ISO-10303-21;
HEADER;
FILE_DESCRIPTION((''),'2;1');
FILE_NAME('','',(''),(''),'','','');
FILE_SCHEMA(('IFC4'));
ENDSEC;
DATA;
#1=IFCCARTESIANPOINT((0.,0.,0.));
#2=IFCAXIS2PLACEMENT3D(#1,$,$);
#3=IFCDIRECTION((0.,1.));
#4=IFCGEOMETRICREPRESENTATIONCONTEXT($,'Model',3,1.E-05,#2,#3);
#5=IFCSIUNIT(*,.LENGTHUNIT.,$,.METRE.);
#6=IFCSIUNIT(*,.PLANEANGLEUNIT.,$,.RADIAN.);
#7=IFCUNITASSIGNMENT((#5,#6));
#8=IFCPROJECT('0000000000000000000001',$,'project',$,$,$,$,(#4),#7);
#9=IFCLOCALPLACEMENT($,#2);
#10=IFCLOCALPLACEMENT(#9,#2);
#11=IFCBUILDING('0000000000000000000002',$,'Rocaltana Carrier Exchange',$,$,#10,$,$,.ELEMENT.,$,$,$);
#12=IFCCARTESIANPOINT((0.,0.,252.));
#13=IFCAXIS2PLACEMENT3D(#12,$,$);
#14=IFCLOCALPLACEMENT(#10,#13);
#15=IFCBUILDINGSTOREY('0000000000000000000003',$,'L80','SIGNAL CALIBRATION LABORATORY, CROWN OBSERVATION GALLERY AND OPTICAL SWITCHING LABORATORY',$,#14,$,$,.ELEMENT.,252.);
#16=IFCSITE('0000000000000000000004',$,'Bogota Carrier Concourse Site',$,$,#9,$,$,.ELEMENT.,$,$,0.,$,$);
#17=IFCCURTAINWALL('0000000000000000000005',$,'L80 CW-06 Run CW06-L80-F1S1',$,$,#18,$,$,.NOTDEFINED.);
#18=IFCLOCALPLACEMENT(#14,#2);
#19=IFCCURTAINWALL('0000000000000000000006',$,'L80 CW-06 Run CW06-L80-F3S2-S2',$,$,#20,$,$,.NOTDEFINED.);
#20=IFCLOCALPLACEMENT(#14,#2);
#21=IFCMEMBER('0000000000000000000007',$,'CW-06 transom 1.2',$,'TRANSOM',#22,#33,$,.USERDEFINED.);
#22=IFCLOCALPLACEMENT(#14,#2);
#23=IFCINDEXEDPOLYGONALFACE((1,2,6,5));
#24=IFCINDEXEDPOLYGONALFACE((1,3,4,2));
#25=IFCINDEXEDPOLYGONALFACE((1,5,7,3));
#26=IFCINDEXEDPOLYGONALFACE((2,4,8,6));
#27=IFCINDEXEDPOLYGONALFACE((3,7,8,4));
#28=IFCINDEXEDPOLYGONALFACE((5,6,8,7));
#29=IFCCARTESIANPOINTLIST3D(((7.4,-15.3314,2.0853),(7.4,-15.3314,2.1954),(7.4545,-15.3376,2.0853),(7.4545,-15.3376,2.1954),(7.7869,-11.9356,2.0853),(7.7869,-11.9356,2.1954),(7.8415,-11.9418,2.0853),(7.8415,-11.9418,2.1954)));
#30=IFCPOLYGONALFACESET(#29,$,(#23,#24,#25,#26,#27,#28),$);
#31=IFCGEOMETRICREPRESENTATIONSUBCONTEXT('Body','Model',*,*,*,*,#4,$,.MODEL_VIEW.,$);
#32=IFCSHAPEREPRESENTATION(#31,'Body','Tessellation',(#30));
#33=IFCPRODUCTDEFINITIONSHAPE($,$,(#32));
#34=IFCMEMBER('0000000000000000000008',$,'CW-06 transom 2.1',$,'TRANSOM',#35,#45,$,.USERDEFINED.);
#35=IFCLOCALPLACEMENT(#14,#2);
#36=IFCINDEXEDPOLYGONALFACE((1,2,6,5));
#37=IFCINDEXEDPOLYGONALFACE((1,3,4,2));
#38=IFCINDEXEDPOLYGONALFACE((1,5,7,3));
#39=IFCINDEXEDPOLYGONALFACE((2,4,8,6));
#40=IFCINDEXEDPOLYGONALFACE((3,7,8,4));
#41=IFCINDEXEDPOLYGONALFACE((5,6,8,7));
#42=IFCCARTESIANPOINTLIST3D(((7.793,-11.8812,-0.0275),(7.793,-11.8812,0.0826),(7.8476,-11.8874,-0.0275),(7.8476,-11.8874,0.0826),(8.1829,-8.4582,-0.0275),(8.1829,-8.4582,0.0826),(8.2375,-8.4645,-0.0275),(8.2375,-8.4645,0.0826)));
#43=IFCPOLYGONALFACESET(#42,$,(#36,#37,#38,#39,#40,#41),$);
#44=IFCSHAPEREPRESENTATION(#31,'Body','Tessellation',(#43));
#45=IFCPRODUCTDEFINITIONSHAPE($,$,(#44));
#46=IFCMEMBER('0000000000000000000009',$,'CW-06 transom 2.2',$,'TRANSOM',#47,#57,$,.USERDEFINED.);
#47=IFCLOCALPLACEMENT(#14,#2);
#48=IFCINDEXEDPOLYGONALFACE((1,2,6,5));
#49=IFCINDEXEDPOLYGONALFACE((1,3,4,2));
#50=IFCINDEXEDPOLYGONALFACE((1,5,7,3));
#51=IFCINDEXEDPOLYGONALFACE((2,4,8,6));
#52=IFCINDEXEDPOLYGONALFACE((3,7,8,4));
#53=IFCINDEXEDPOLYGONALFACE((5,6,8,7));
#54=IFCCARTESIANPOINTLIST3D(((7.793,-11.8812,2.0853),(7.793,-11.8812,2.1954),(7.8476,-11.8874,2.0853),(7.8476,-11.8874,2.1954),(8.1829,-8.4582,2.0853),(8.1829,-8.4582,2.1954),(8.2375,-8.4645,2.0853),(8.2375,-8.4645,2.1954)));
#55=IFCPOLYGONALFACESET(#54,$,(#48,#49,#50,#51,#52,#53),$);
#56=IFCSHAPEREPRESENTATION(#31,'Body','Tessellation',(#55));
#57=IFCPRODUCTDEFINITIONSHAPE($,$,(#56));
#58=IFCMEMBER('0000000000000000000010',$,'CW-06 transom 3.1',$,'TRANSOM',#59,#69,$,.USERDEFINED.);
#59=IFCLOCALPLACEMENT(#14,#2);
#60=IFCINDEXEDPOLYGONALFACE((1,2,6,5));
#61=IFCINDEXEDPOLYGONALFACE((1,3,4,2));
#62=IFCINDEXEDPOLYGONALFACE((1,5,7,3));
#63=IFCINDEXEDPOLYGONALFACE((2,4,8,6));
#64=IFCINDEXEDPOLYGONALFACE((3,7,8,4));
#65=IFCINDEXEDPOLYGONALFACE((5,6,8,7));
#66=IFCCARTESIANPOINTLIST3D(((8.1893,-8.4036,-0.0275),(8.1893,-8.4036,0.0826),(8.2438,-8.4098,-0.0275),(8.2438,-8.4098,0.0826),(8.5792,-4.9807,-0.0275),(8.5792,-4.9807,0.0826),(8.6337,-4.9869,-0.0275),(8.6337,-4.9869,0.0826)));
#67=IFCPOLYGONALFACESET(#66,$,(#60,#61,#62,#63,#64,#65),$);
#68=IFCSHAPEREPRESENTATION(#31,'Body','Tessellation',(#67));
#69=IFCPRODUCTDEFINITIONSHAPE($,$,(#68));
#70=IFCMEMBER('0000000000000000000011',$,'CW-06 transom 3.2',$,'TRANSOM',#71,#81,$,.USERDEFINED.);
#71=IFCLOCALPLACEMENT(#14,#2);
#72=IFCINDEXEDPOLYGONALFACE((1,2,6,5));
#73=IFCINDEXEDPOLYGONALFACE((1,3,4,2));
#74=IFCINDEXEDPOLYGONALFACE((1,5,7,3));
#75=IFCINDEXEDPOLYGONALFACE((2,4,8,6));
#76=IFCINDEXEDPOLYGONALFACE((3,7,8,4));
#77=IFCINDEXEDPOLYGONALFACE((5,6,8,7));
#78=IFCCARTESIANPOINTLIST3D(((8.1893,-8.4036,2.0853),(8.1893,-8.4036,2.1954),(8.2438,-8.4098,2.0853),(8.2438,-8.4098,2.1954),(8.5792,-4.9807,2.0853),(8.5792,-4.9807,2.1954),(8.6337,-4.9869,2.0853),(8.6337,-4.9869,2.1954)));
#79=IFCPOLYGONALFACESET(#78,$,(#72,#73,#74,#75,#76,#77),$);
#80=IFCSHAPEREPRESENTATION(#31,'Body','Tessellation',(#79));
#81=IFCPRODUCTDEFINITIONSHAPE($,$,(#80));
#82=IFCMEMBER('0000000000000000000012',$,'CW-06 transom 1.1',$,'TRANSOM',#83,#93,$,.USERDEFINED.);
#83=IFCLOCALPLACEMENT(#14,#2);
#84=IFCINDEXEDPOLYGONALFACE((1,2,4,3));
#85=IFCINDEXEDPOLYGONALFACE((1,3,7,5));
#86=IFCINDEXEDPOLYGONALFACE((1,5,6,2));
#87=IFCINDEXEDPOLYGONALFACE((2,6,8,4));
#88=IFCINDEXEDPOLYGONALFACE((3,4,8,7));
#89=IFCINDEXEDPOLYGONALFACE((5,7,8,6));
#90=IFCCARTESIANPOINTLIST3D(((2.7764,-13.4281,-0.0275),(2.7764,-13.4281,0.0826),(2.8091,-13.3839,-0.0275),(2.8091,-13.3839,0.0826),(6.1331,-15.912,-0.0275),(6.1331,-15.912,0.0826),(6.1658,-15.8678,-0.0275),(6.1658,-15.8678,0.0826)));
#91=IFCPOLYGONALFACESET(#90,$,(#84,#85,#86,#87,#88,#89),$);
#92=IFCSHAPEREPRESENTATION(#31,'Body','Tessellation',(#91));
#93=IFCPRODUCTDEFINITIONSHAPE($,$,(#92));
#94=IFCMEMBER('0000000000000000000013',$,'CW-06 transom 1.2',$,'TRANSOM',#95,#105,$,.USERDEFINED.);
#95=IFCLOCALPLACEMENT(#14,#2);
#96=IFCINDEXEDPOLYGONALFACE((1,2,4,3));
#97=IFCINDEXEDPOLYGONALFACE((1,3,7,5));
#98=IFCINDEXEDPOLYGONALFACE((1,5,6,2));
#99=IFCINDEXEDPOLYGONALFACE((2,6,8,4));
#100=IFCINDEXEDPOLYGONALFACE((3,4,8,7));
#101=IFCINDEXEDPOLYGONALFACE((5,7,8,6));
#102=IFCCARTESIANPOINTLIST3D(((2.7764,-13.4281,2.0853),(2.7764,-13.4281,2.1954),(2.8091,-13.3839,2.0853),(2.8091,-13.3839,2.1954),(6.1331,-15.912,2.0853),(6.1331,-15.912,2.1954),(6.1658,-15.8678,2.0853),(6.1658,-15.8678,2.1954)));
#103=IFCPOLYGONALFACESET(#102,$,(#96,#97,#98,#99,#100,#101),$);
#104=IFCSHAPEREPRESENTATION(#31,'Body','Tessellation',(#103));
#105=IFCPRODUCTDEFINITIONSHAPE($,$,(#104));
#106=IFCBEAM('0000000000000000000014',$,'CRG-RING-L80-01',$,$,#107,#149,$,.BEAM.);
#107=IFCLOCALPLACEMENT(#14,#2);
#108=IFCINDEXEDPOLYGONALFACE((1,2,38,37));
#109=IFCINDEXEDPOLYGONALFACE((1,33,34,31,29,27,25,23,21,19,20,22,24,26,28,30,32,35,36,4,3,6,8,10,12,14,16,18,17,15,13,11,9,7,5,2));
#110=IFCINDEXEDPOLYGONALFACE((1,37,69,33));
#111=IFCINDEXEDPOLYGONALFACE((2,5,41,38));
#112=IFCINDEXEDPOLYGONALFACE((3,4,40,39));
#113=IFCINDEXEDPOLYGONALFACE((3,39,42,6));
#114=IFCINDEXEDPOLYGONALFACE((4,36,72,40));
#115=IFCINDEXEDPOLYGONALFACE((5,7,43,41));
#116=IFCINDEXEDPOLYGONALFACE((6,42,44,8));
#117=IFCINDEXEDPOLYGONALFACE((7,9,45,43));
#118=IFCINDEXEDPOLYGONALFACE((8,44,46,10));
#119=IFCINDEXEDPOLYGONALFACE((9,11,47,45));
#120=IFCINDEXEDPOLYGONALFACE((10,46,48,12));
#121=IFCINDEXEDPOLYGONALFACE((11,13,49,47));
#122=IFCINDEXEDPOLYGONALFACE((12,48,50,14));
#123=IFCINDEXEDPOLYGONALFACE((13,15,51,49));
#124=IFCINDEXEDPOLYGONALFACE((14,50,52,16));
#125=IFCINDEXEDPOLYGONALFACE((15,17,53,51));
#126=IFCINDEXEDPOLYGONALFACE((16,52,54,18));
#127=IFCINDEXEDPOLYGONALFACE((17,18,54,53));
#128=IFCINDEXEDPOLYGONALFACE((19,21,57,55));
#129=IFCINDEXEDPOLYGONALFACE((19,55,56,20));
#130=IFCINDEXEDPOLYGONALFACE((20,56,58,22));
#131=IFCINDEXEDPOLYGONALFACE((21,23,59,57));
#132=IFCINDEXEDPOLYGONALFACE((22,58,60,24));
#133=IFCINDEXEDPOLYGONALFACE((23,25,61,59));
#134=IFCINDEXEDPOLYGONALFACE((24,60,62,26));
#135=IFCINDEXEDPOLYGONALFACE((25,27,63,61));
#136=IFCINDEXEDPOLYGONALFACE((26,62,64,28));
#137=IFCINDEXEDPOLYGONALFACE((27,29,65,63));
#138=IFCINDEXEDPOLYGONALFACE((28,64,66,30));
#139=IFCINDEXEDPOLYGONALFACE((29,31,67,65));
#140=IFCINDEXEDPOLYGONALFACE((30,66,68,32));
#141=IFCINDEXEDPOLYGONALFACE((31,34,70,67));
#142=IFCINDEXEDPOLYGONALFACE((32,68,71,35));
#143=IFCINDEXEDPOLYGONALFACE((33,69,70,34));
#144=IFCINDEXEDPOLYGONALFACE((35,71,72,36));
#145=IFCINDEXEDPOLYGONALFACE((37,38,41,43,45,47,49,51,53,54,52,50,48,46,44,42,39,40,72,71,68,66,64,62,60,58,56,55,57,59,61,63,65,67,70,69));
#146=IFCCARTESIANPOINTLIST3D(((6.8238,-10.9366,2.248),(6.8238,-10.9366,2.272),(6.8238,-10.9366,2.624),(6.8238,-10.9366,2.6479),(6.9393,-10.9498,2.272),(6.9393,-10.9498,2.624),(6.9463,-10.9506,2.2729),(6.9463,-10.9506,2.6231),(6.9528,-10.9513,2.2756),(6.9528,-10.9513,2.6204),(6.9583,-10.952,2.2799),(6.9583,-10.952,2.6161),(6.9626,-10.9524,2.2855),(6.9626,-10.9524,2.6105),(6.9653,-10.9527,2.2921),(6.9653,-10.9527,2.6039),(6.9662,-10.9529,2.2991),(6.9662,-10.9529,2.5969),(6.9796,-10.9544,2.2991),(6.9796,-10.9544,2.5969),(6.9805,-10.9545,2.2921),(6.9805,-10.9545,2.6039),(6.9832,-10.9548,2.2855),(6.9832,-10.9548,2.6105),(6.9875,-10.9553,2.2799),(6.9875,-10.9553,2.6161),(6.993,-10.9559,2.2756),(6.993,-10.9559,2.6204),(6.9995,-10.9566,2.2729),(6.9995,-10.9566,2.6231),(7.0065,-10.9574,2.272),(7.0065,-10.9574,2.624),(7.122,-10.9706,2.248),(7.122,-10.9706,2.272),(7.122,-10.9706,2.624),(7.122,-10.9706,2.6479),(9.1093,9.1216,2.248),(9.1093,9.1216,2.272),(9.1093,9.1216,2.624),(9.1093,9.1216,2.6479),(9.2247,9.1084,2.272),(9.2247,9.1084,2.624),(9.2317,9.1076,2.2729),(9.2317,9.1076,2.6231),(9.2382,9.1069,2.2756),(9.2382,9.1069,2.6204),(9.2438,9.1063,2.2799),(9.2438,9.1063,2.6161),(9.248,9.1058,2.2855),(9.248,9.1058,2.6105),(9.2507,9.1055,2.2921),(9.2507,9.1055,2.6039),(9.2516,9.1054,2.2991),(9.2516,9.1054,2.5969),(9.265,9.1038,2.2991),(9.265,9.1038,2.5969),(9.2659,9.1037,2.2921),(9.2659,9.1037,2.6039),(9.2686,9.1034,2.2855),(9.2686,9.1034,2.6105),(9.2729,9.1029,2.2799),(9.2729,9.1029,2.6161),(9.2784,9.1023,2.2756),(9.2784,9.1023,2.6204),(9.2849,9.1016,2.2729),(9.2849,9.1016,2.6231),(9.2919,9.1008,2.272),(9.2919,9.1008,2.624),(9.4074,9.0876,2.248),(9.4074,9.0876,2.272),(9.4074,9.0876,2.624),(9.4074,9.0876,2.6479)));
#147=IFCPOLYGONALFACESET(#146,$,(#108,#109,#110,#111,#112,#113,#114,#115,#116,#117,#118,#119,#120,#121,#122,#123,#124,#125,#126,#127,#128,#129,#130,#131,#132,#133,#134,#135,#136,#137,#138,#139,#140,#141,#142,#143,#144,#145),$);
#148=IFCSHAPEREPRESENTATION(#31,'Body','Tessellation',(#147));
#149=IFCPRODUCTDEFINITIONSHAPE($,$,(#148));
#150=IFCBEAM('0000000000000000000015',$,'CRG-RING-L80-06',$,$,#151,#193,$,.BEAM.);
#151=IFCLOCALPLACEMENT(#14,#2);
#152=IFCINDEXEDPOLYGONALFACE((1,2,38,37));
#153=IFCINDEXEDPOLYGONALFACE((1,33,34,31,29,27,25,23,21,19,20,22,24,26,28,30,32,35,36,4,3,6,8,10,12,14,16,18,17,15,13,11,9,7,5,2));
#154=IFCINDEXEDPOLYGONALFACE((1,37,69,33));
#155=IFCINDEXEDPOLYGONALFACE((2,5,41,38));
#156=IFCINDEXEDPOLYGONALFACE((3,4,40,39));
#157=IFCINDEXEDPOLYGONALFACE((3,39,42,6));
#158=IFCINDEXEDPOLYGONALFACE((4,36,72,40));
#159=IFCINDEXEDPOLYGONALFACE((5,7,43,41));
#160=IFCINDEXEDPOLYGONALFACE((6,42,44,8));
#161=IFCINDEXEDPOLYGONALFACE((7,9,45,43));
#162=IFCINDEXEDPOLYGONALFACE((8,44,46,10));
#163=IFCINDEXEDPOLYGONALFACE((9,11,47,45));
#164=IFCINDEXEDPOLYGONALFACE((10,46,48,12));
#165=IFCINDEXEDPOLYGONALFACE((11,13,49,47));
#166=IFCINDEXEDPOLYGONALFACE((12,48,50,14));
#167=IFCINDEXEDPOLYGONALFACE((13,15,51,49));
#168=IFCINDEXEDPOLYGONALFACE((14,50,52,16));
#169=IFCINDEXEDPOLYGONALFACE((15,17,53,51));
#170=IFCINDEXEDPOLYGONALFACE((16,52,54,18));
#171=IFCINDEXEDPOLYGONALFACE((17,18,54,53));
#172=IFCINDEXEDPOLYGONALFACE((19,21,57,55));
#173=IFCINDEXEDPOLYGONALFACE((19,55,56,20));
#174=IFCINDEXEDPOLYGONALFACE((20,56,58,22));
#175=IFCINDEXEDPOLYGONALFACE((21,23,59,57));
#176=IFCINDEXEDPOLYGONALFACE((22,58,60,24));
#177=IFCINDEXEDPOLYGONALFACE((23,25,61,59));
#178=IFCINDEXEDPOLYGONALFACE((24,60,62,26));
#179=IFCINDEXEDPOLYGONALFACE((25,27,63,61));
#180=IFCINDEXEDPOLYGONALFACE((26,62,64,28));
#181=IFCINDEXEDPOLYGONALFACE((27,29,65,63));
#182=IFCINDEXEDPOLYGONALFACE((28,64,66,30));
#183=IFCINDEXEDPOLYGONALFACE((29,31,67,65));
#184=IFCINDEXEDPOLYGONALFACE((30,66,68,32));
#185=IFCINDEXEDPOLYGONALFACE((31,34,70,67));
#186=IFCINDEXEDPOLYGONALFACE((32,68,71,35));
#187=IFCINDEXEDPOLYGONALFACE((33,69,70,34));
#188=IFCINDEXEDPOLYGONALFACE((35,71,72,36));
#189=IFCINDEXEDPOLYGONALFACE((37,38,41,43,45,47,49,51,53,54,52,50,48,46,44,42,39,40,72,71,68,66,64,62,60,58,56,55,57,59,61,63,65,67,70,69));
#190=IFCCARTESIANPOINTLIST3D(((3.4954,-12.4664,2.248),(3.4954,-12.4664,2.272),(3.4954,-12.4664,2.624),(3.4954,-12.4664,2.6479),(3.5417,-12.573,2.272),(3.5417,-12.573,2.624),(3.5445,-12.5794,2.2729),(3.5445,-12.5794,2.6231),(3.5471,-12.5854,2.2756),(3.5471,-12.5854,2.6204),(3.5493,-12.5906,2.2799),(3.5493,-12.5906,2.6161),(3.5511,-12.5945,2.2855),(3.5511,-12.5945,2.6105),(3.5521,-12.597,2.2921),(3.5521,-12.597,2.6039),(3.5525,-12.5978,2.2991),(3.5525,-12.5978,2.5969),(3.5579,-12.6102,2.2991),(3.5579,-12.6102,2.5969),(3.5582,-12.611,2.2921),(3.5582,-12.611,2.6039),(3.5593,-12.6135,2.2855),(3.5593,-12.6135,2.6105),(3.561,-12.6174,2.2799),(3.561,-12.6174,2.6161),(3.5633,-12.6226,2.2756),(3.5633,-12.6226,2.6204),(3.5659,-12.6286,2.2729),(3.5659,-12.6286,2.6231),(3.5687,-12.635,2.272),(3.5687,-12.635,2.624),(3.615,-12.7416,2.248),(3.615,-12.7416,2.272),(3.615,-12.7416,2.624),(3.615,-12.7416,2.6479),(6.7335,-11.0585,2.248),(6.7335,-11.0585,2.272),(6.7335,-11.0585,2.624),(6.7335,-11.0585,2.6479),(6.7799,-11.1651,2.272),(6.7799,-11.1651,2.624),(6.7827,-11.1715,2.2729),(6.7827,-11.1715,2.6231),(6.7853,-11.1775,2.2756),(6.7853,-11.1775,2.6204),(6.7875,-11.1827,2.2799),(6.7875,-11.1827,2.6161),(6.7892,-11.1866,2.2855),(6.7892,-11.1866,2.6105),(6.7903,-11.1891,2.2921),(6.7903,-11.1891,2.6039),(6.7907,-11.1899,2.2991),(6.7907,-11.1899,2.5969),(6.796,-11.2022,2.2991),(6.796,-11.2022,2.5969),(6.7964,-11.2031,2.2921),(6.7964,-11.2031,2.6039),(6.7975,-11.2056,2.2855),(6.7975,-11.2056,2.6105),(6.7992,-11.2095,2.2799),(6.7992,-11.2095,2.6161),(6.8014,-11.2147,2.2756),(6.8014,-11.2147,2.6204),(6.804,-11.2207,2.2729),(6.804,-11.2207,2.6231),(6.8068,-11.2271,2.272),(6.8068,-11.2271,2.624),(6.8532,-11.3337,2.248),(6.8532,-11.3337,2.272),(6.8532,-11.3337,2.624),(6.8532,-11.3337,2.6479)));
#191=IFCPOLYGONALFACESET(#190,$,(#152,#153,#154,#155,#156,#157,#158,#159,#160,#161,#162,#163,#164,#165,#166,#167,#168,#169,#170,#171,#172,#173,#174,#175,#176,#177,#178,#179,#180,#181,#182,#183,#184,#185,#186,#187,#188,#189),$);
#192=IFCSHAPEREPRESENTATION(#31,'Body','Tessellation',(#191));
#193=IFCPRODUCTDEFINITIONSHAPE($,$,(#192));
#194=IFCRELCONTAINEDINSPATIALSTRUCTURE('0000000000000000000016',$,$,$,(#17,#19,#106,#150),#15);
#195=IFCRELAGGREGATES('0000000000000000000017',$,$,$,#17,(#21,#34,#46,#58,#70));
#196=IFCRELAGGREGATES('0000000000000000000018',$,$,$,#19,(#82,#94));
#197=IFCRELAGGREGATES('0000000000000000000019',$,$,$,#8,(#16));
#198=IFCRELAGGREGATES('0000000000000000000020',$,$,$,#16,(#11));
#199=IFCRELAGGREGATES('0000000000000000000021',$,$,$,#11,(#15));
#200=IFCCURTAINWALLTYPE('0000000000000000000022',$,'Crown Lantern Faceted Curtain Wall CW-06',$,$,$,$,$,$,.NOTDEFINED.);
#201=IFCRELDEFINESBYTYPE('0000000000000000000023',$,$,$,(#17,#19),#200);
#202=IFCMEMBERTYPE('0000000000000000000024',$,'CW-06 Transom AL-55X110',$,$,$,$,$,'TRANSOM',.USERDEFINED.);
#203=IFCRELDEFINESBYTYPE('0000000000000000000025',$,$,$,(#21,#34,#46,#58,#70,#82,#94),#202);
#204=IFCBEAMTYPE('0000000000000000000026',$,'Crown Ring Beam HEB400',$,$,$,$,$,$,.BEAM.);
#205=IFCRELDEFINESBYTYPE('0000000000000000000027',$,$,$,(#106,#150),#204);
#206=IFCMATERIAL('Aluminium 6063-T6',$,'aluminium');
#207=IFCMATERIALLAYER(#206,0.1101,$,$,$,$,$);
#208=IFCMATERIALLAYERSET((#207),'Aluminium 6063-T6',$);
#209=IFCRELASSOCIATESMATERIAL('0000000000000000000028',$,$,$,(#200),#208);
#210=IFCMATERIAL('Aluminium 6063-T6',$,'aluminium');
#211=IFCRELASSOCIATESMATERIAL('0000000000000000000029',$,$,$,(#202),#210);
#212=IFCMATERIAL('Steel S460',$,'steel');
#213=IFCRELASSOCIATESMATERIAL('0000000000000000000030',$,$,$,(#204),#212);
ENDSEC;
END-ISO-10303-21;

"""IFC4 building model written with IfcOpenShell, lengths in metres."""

from ifc_helpers import new_model, si_unit, direction, frame, origin, origin_2d, place, context, subcontext, project, spatial, rectangle, i_section, extrude, material, layer, layer_set, material_profile, profile_set, type_object, element, aggregate, save


model = new_model("IFC4")

# Units and contexts
model_context = context("Model", 3, precision=1e-05, world=origin(), true_north=direction((0.0, 1.0)))
body_context = subcontext(model_context, "Body", "Model", "MODEL_VIEW")
ifc_project = project(units=[si_unit("LENGTHUNIT", "METRE"), si_unit("PLANEANGLEUNIT", "RADIAN")], contexts=[model_context])

# Site, building, storey
site_placement = place(None, origin())
site = spatial("IfcSite", under=ifc_project, at=site_placement, Name="Bogota Carrier Concourse Site", CompositionType="ELEMENT", RefElevation=0.0)
building_placement = place(site_placement, origin())
building = spatial("IfcBuilding", under=site, at=building_placement, Name="Rocaltana Carrier Exchange", CompositionType="ELEMENT")
storey_placement = place(building_placement, frame((0.0, 0.0, 252.0)))
storey = spatial("IfcBuildingStorey", under=building, at=storey_placement, Name="L80", Description="SIGNAL CALIBRATION LABORATORY, CROWN OBSERVATION GALLERY AND OPTICAL SWITCHING LABORATORY", CompositionType="ELEMENT", Elevation=252.0)

# Curtain wall
ifc_material_1 = material(Name="Aluminium 6063-T6", Category="aluminium")
ifc_layer_1 = layer(ifc_material_1, 0.1101)
ifc_layer_set_1 = layer_set([ifc_layer_1], Name="Aluminium 6063-T6")
curtain_wall_type = type_object("IfcCurtainWallType", Name="Crown Lantern Faceted Curtain Wall CW-06", PredefinedType="NOTDEFINED", material=ifc_layer_set_1)
curtain_wall_1_placement = place(storey_placement, origin())
curtain_wall_1 = element("IfcCurtainWall", 1, at=curtain_wall_1_placement, inside=storey, type_object=curtain_wall_type, Name="L80 CW-06 Run CW06-L80-F1S1", PredefinedType="NOTDEFINED")

# Curtain wall
curtain_wall_2_placement = place(storey_placement, origin())
curtain_wall_2 = element("IfcCurtainWall", 2, at=curtain_wall_2_placement, inside=storey, type_object=curtain_wall_type, Name="L80 CW-06 Run CW06-L80-F3S2-S2", PredefinedType="NOTDEFINED")

# Members
ifc_material_2 = material(Name="Aluminium 6063-T6", Category="aluminium")
ifc_material_profile_1 = material_profile(ifc_material_2, rectangle(XDim=0.0549, YDim=0.1101, at=origin_2d()), Name="AL-55X110")
ifc_profile_set_1 = profile_set([ifc_material_profile_1], Name="Aluminium 6063-T6")
member_type_1 = type_object("IfcMemberType", Name="CW-06 Transom AL-55X110", ElementType="TRANSOM", PredefinedType="USERDEFINED", material=ifc_profile_set_1)
member_1_placement = place(storey_placement, frame((7.4272, -15.3345, 2.1404), z_axis=(0.113222, 0.99357, 0.0), x_axis=(-0.99357, 0.113222, 0.0)))
member_1 = element("IfcMember", 3, at=member_1_placement, type_object=member_type_1, Name="CW-06 transom 1.2", ObjectType="TRANSOM", PredefinedType="USERDEFINED", context=body_context, shape_type="SweptSolid", body=[
    extrude(rectangle(XDim=0.0549, YDim=0.1101, at=origin_2d()), origin(), (0.0, 0.0, 1.0), 3.4177),
])
member_2_placement = place(storey_placement, frame((7.8203, -11.8843, 0.0276), z_axis=(0.113177, 0.993575, 0.0), x_axis=(-0.993575, 0.113177, 0.0)))
member_2 = element("IfcMember", 4, at=member_2_placement, type_object=member_type_1, Name="CW-06 transom 2.1", ObjectType="TRANSOM", PredefinedType="USERDEFINED", context=body_context, shape_type="SweptSolid", body=[
    extrude(rectangle(XDim=0.0549, YDim=0.1101, at=origin_2d()), origin(), (0.0, 0.0, 1.0), 3.4451),
])
member_3_placement = place(storey_placement, frame((7.8203, -11.8843, 2.1404), z_axis=(0.113177, 0.993575, 0.0), x_axis=(-0.993575, 0.113177, 0.0)))
member_3 = element("IfcMember", 5, at=member_3_placement, type_object=member_type_1, Name="CW-06 transom 2.2", ObjectType="TRANSOM", PredefinedType="USERDEFINED", context=body_context, shape_type="SweptSolid", body=[
    extrude(rectangle(XDim=0.0549, YDim=0.1101, at=origin_2d()), origin(), (0.0, 0.0, 1.0), 3.4451),
])
member_4_placement = place(storey_placement, frame((8.2166, -8.4067, 0.0276), z_axis=(0.113177, 0.993575, 0.0), x_axis=(-0.993575, 0.113177, 0.0)))
member_4 = element("IfcMember", 6, at=member_4_placement, type_object=member_type_1, Name="CW-06 transom 3.1", ObjectType="TRANSOM", PredefinedType="USERDEFINED", context=body_context, shape_type="SweptSolid", body=[
    extrude(rectangle(XDim=0.0549, YDim=0.1101, at=origin_2d()), origin(), (0.0, 0.0, 1.0), 3.4451),
])
member_5_placement = place(storey_placement, frame((8.2166, -8.4067, 2.1404), z_axis=(0.113177, 0.993575, 0.0), x_axis=(-0.993575, 0.113177, 0.0)))
member_5 = element("IfcMember", 7, at=member_5_placement, type_object=member_type_1, Name="CW-06 transom 3.2", ObjectType="TRANSOM", PredefinedType="USERDEFINED", context=body_context, shape_type="SweptSolid", body=[
    extrude(rectangle(XDim=0.0549, YDim=0.1101, at=origin_2d()), origin(), (0.0, 0.0, 1.0), 3.4451),
])
member_6_placement = place(storey_placement, frame((2.7927, -13.406, 0.0276), z_axis=(0.803849, -0.594833, 0.0), x_axis=(0.594833, 0.803849, 0.0)))
member_6 = element("IfcMember", 8, at=member_6_placement, type_object=member_type_1, Name="CW-06 transom 1.1", ObjectType="TRANSOM", PredefinedType="USERDEFINED", context=body_context, shape_type="SweptSolid", body=[
    extrude(rectangle(XDim=0.0549, YDim=0.1101, at=origin_2d()), origin(), (0.0, 0.0, 1.0), 4.1758),
])
member_7_placement = place(storey_placement, frame((2.7927, -13.406, 2.1404), z_axis=(0.803849, -0.594833, 0.0), x_axis=(0.594833, 0.803849, 0.0)))
member_7 = element("IfcMember", 9, at=member_7_placement, type_object=member_type_1, Name="CW-06 transom 1.2", ObjectType="TRANSOM", PredefinedType="USERDEFINED", context=body_context, shape_type="SweptSolid", body=[
    extrude(rectangle(XDim=0.0549, YDim=0.1101, at=origin_2d()), origin(), (0.0, 0.0, 1.0), 4.1758),
])

# Beams
ifc_material_3 = material(Name="Steel S460", Category="steel")
ifc_material_profile_2 = material_profile(ifc_material_3, i_section(OverallWidth=0.3, OverallDepth=0.3999, WebThickness=0.0134, FlangeThickness=0.0239, FilletRadius=0.0271, at=origin_2d()), Name="HEB400")
ifc_profile_set_2 = profile_set([ifc_material_profile_2], Name="Steel S460")
beam_type = type_object("IfcBeamType", Name="Crown Ring Beam HEB400", PredefinedType="BEAM", material=ifc_profile_set_2)
beam_1_placement = place(storey_placement, frame((6.9729, -10.9536, 2.448), z_axis=(0.113207, 0.993571, 0.0), x_axis=(-0.993571, 0.113207, 0.0)))
element("IfcBeam", 10, at=beam_1_placement, inside=storey, type_object=beam_type, Name="CRG-RING-L80-01", PredefinedType="BEAM", context=body_context, shape_type="SweptSolid", body=[
    extrude(i_section(OverallWidth=0.3, OverallDepth=0.3999, WebThickness=0.0134, FlangeThickness=0.0239, FilletRadius=0.0271, at=origin_2d()), origin(), (0.0, 0.0, 1.0), 20.188),
])
beam_2_placement = place(storey_placement, frame((3.5552, -12.604, 2.448), z_axis=(0.917069, 0.398729, 0.0), x_axis=(-0.398729, 0.917069, 0.0)))
element("IfcBeam", 11, at=beam_2_placement, inside=storey, type_object=beam_type, Name="CRG-RING-L80-06", PredefinedType="BEAM", context=body_context, shape_type="SweptSolid", body=[
    extrude(i_section(OverallWidth=0.3, OverallDepth=0.3999, WebThickness=0.0134, FlangeThickness=0.0239, FilletRadius=0.0271, at=origin_2d()), origin(), (0.0, 0.0, 1.0), 3.531),
])

aggregate(curtain_wall_1, [member_1, member_2, member_3, member_4, member_5])
aggregate(curtain_wall_2, [member_6, member_7])

save(model, "model.ifc")
